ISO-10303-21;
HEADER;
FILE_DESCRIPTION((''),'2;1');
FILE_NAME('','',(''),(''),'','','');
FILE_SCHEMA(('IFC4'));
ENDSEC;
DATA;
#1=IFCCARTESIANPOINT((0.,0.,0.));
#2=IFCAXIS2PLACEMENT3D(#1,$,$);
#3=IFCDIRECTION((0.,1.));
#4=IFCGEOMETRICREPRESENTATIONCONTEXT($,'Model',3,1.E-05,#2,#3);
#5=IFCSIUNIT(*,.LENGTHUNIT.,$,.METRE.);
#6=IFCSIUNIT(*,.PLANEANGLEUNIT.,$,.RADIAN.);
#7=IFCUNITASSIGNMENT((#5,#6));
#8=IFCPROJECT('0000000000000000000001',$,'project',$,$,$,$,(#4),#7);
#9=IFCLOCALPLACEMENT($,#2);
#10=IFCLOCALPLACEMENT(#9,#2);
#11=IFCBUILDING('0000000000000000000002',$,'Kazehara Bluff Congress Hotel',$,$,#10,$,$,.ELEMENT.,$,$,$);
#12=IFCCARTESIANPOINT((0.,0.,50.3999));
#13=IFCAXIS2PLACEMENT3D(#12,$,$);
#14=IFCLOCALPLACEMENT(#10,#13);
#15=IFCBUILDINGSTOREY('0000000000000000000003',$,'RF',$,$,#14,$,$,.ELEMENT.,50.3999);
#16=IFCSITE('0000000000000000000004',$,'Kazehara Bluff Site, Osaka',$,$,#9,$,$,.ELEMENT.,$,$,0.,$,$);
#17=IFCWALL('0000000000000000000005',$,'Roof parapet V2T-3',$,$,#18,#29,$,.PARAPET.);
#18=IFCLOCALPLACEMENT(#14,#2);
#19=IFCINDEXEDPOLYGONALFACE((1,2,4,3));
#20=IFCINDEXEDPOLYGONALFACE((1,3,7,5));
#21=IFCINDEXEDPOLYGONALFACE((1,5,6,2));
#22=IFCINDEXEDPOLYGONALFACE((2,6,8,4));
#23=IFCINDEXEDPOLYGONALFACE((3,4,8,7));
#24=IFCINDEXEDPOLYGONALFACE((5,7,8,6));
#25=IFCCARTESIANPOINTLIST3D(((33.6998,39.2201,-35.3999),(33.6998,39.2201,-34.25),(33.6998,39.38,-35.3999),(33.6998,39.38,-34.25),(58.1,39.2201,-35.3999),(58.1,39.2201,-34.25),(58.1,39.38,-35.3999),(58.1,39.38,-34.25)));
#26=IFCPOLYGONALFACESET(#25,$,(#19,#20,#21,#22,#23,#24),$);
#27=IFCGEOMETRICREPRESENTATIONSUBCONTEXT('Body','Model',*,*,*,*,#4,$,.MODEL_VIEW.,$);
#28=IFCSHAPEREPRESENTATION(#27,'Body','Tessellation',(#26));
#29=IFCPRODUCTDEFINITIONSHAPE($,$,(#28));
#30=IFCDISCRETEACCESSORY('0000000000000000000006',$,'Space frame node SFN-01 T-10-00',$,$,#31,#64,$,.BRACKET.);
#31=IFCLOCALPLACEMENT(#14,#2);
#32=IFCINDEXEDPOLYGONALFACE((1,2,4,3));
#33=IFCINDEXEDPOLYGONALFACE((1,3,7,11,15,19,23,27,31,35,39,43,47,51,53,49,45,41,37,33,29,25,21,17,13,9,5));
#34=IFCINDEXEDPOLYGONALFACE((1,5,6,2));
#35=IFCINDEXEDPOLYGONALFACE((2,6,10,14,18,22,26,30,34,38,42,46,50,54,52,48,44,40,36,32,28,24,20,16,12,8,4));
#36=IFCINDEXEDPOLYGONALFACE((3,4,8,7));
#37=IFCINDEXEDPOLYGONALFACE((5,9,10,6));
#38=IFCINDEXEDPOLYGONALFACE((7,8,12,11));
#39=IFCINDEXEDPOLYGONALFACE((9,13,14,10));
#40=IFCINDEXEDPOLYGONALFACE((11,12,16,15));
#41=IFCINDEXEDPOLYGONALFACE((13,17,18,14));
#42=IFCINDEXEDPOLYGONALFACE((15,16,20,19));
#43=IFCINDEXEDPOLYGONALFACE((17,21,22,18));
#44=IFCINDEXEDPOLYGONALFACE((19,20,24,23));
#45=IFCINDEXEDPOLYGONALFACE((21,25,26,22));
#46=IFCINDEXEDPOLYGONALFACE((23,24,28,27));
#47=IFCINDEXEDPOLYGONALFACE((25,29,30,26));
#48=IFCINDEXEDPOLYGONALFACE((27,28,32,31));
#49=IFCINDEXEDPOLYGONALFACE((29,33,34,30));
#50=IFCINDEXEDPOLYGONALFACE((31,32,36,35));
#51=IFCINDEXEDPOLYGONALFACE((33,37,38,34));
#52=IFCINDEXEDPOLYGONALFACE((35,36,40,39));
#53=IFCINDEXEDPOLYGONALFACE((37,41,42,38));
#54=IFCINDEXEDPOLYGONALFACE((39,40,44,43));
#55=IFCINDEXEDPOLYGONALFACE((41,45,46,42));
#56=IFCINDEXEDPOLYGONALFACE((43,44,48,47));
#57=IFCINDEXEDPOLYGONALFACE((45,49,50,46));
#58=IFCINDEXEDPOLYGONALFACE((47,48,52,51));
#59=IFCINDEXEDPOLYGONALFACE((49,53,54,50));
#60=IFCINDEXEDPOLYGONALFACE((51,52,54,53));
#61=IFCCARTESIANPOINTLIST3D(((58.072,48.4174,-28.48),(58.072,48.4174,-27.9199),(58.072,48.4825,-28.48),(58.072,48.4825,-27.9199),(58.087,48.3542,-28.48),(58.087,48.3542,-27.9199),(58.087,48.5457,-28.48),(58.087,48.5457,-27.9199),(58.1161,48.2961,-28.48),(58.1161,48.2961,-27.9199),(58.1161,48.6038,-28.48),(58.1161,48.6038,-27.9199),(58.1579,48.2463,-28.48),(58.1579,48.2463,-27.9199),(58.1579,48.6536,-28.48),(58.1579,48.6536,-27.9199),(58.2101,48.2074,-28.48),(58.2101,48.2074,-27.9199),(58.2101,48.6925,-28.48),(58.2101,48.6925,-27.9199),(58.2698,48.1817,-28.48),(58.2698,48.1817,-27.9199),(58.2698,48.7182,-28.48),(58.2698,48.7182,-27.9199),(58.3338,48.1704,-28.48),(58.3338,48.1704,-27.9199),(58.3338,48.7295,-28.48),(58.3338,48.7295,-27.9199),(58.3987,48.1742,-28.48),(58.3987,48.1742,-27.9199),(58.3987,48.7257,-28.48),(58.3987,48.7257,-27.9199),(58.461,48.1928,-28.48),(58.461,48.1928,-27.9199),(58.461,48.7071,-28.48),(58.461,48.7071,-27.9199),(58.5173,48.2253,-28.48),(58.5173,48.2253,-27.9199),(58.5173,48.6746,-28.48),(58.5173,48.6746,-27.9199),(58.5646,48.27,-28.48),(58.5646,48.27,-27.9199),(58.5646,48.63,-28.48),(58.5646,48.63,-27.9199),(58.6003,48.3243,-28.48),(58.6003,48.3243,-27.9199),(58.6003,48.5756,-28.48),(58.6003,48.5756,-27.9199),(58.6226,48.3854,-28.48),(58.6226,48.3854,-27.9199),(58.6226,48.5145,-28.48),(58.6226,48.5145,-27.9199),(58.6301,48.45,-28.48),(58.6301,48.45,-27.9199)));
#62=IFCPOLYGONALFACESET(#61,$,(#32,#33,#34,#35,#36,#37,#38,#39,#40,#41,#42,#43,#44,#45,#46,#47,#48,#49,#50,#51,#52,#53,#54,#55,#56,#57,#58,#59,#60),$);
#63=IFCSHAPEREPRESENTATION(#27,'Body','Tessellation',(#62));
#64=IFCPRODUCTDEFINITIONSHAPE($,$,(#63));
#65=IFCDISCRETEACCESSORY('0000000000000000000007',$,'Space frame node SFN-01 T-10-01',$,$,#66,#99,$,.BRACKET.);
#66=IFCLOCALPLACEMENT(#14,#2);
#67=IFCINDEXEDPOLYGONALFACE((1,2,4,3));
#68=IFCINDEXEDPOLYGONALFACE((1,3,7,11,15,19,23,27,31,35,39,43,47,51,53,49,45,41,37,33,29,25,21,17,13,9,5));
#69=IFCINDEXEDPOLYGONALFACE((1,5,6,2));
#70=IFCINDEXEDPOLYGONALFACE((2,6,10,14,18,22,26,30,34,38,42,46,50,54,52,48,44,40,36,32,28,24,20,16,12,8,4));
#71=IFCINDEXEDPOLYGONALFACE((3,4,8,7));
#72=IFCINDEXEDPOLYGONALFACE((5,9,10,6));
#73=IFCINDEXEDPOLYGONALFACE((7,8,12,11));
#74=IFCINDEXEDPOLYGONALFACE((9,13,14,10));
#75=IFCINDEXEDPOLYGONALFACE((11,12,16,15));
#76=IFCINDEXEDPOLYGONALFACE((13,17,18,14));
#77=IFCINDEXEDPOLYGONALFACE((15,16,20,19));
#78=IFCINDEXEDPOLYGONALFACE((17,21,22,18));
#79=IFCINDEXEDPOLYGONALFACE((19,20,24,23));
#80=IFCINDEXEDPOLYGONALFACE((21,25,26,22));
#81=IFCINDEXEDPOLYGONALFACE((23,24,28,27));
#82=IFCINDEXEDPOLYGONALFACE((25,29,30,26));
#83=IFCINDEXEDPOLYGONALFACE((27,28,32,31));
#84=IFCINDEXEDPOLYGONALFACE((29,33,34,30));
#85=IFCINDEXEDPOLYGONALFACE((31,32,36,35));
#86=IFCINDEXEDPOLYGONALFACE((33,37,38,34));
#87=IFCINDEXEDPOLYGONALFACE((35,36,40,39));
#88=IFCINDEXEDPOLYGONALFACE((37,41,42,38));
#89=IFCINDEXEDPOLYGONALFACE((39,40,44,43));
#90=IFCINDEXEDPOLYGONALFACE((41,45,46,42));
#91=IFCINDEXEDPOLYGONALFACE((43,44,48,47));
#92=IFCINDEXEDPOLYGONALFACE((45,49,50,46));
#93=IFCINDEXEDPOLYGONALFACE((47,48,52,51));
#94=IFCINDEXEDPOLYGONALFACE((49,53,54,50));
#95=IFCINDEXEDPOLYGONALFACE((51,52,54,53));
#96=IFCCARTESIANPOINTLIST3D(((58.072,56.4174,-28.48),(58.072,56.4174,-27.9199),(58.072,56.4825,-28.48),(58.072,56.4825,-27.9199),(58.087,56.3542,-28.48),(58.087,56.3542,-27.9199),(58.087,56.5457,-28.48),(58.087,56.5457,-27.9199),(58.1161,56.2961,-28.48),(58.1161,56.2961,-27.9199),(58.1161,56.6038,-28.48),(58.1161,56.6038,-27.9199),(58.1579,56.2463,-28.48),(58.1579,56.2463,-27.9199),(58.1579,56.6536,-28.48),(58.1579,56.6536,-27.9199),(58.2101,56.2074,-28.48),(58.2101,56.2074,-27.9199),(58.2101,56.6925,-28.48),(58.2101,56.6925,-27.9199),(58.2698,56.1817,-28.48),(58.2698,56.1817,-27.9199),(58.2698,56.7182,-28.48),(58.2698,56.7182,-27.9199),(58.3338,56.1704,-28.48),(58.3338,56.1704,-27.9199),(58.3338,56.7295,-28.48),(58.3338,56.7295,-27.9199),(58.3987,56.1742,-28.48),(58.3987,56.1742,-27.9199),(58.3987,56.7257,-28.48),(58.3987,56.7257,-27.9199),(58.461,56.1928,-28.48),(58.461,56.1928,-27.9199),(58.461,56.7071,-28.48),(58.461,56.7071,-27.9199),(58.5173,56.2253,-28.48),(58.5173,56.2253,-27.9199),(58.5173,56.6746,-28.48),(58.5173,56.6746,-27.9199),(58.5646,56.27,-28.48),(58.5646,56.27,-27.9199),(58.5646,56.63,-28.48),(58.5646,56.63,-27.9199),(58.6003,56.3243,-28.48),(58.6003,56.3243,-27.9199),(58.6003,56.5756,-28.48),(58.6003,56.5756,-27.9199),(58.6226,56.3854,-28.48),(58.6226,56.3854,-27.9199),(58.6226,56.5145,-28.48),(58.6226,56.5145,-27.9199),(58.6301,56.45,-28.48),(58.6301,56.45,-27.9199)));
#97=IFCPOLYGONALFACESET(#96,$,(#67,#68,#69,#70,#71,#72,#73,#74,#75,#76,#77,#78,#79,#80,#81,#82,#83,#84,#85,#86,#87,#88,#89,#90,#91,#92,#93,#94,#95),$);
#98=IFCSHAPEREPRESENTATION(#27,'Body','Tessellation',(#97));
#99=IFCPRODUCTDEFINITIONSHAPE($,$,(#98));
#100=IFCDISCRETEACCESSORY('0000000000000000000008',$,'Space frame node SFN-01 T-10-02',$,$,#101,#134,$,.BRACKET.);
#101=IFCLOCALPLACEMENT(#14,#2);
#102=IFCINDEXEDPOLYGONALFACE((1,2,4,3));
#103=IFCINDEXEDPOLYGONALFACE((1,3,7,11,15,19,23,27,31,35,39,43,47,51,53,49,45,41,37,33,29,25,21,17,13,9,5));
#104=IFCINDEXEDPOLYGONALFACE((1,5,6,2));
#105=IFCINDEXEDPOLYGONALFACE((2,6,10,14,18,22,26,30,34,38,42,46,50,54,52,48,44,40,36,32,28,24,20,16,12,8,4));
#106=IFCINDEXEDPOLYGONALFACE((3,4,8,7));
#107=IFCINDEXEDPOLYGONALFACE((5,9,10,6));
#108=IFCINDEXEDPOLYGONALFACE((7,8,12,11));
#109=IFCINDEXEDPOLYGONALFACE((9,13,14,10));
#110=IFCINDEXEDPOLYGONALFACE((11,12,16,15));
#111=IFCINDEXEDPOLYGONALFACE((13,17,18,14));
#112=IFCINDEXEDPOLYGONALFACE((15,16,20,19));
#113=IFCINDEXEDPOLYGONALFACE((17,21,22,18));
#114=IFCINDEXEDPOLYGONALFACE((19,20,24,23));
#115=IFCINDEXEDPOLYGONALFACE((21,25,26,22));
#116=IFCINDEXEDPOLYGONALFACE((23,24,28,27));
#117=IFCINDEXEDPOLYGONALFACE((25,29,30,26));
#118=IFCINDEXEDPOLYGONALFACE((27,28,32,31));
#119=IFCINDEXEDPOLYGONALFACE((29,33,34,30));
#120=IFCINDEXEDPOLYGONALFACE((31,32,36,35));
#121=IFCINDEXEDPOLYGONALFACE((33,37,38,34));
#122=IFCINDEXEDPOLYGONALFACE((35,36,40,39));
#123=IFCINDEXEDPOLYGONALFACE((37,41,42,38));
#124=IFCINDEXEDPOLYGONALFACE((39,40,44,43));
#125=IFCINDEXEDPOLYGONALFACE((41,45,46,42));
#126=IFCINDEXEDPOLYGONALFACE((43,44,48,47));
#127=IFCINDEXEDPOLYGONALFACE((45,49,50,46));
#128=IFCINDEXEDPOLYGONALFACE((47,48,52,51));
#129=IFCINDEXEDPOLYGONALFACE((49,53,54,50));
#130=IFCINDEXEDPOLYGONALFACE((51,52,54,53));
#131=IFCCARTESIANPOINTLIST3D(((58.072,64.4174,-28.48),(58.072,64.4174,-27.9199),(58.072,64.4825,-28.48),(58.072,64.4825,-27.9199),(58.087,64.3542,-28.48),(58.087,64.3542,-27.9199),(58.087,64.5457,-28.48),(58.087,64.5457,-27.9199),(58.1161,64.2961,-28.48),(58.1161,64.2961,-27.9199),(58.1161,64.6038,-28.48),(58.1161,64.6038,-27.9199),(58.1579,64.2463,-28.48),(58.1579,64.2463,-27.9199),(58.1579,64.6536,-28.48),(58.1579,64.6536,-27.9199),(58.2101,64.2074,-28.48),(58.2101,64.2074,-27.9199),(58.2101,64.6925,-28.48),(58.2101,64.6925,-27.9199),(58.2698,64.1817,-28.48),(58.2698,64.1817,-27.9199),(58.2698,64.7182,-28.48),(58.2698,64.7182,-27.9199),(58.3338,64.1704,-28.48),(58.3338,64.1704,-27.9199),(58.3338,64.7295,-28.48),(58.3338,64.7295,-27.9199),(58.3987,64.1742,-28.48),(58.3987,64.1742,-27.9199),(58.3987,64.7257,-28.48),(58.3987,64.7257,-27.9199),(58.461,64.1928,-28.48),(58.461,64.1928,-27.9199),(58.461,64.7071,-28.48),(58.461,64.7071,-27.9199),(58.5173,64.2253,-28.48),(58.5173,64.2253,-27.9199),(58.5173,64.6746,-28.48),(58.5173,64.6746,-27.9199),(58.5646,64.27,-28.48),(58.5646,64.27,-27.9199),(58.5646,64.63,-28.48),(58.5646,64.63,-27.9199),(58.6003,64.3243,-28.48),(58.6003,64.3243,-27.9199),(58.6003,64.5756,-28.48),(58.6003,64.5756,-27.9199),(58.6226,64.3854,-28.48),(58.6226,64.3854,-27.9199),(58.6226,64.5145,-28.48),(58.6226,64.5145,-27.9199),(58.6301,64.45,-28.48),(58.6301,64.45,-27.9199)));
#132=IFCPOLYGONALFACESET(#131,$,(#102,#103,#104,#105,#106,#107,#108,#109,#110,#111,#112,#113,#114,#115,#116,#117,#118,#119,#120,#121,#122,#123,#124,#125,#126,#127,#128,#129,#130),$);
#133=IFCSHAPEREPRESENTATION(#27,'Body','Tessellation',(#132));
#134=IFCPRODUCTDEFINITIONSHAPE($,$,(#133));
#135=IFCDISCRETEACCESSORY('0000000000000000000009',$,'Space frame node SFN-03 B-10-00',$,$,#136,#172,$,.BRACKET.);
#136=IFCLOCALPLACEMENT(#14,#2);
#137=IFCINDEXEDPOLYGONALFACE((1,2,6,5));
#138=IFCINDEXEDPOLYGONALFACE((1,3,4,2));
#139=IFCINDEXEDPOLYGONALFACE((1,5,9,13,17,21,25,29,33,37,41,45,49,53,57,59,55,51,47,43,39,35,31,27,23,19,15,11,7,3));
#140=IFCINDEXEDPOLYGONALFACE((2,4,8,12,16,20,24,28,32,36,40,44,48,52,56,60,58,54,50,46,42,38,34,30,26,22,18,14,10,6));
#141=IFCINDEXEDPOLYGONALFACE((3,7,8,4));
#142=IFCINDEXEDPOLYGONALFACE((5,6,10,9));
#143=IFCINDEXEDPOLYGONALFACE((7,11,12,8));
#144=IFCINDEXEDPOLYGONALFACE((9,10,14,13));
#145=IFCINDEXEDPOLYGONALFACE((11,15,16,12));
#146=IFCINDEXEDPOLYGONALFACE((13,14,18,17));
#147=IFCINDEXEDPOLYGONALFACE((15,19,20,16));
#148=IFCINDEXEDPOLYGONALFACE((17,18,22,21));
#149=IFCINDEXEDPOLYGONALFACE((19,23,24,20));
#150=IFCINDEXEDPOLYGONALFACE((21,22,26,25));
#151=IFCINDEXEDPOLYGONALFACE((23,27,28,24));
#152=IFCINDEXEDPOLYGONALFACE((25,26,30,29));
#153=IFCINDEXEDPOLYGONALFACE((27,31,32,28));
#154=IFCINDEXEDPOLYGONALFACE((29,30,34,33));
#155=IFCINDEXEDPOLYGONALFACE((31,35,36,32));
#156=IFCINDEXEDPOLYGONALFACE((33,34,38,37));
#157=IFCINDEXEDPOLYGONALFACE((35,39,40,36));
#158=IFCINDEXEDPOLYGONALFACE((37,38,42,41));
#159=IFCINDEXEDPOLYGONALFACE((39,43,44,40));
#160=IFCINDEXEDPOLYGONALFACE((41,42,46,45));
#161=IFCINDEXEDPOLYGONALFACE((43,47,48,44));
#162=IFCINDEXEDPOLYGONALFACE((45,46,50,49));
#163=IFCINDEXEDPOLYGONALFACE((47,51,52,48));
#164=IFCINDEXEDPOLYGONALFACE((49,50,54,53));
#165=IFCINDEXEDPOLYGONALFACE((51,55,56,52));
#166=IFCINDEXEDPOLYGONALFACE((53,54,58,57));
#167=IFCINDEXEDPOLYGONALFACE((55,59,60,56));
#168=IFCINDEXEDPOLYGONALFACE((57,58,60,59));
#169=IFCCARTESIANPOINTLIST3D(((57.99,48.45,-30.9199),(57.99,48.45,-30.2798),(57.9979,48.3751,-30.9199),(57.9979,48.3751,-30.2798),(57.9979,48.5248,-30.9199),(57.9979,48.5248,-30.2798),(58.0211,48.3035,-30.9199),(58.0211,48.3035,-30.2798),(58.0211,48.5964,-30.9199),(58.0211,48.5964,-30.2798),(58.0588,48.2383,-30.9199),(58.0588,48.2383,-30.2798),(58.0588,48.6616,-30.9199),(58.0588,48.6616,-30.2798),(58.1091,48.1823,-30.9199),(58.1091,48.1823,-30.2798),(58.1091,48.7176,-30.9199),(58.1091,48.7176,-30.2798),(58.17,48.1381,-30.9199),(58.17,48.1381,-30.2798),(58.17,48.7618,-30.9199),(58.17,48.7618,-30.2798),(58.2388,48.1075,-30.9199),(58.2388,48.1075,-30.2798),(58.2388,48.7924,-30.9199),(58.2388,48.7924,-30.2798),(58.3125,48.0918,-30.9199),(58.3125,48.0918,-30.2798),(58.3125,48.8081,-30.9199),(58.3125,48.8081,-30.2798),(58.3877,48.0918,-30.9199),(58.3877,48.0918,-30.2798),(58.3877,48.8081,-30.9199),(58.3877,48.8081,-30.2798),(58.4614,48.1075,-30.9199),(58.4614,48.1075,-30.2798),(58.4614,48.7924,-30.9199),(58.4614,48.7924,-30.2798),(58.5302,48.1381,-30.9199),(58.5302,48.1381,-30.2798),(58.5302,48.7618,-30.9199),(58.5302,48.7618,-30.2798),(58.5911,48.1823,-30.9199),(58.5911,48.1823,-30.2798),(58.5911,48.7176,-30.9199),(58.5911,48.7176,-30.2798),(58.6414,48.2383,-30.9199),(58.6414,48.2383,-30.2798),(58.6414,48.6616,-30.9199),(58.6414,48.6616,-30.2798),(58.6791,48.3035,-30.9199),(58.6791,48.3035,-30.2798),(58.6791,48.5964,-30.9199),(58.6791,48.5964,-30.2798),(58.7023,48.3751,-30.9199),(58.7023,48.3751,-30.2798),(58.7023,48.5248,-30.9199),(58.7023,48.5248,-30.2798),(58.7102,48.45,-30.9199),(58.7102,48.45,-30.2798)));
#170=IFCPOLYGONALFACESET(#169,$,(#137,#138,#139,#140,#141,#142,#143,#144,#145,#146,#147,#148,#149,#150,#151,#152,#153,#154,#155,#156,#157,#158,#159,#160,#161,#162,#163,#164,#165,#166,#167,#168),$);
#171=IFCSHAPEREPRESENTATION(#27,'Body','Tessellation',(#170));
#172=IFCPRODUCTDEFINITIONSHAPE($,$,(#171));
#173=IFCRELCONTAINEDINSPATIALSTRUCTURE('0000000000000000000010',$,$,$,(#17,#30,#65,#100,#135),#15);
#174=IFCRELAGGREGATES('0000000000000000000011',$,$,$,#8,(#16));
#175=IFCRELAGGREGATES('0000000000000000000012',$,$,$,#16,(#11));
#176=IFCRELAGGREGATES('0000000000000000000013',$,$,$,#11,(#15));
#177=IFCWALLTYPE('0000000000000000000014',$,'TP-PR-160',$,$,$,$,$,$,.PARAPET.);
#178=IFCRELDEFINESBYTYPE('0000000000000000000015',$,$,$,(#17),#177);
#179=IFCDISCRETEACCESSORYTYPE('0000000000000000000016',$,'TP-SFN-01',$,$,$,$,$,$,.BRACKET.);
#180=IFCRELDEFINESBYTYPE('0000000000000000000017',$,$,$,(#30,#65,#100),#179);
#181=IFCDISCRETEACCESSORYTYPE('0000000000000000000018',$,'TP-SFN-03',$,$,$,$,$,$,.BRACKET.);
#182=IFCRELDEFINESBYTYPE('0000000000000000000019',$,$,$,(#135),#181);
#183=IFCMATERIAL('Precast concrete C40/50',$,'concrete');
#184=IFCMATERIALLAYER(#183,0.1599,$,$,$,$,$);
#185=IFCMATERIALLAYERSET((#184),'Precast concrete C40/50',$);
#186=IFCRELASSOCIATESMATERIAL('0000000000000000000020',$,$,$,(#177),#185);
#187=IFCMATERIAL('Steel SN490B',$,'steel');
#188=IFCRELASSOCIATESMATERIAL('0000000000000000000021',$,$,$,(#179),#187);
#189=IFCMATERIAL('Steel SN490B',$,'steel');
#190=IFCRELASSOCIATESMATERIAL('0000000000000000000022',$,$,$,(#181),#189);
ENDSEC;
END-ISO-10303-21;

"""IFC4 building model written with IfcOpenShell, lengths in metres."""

from ifc_helpers import new_model, si_unit, direction, frame, frame_2d, origin, origin_2d, place, context, subcontext, project, spatial, rectangle, circle, extrude, material, layer, layer_set, material_profile, profile_set, type_object, element, save


model = new_model("IFC4")

# Units and contexts
model_context = context("Model", 3, precision=1e-05, world=origin(), true_north=direction((0.0, 1.0)))
body_context = subcontext(model_context, "Body", "Model", "MODEL_VIEW")
ifc_project = project(units=[si_unit("LENGTHUNIT", "METRE"), si_unit("PLANEANGLEUNIT", "RADIAN")], contexts=[model_context])

# Site, building, storey
site_placement = place(None, origin())
site = spatial("IfcSite", under=ifc_project, at=site_placement, Name="Kazehara Bluff Site, Osaka", CompositionType="ELEMENT", RefElevation=0.0)
building_placement = place(site_placement, origin())
building = spatial("IfcBuilding", under=site, at=building_placement, Name="Kazehara Bluff Congress Hotel", CompositionType="ELEMENT")
storey_placement = place(building_placement, frame((0.0, 0.0, 50.3999)))
storey = spatial("IfcBuildingStorey", under=building, at=storey_placement, Name="RF", CompositionType="ELEMENT", Elevation=50.3999)

# Wall
ifc_material_1 = material(Name="Precast concrete C40/50", Category="concrete")
ifc_layer_1 = layer(ifc_material_1, 0.1599)
ifc_layer_set_1 = layer_set([ifc_layer_1], Name="Precast concrete C40/50")
wall_type = type_object("IfcWallType", Name="TP-PR-160", PredefinedType="PARAPET", material=ifc_layer_set_1)
wall_1_placement = place(storey_placement, frame((58.1001, 39.3, -35.3999), z_axis=(0.0, 0.0, 1.0), x_axis=(-1.0, 0.0, 0.0)))
element("IfcWall", 1, at=wall_1_placement, inside=storey, type_object=wall_type, Name="Roof parapet V2T-3", PredefinedType="PARAPET", context=body_context, shape_type="SweptSolid", body=[
    extrude(rectangle(XDim=24.4001, YDim=0.1599, at=frame_2d((12.2002, 0.0))), origin(), (0.0, 0.0, 1.0), 1.1499),
])

# Discrete accessories
ifc_material_2 = material(Name="Steel SN490B", Category="steel")
ifc_material_profile_1 = material_profile(ifc_material_2, circle(Radius=0.28, at=origin_2d()))
ifc_profile_set_1 = profile_set([ifc_material_profile_1], Name="Steel SN490B")
discrete_accessory_type_1 = type_object("IfcDiscreteAccessoryType", Name="TP-SFN-01", PredefinedType="BRACKET", material=ifc_profile_set_1)
for number, where, z_axis, x_axis, name in (
    (2, (58.3501, 48.45, -28.48), (0.0, 0.0, 1.0), (1.0, 0.0, 0.0), "Space frame node SFN-01 T-10-00"),
    (3, (58.3501, 56.45, -28.48), (0.0, 0.0, 1.0), (1.0, 0.0, 0.0), "Space frame node SFN-01 T-10-01"),
    (4, (58.3501, 64.45, -28.48), (0.0, 0.0, 1.0), (1.0, 0.0, 0.0), "Space frame node SFN-01 T-10-02"),
):
    element("IfcDiscreteAccessory", number, at=place(storey_placement, frame(where, z_axis=z_axis, x_axis=x_axis)), inside=storey, type_object=discrete_accessory_type_1, Name=name, PredefinedType="BRACKET", context=body_context, shape_type="SweptSolid", body=[
        extrude(circle(Radius=0.28, at=origin_2d()), origin(), (0.0, 0.0, 1.0), 0.5601),
    ])
ifc_material_3 = material(Name="Steel SN490B", Category="steel")
ifc_material_profile_2 = material_profile(ifc_material_3, circle(Radius=0.3601, at=origin_2d()))
ifc_profile_set_2 = profile_set([ifc_material_profile_2], Name="Steel SN490B")
discrete_accessory_type_2 = type_object("IfcDiscreteAccessoryType", Name="TP-SFN-03", PredefinedType="BRACKET", material=ifc_profile_set_2)
for number, where, z_axis, x_axis, name in (
    (5, (58.3501, 48.45, -30.9199), (0.0, 0.0, 1.0), (1.0, 0.0, 0.0), "Space frame node SFN-03 B-10-00"),
):
    element("IfcDiscreteAccessory", number, at=place(storey_placement, frame(where, z_axis=z_axis, x_axis=x_axis)), inside=storey, type_object=discrete_accessory_type_2, Name=name, PredefinedType="BRACKET", context=body_context, shape_type="SweptSolid", body=[
        extrude(circle(Radius=0.3601, at=origin_2d()), origin(), (0.0, 0.0, 1.0), 0.6401),
    ])

save(model, "model.ifc")
